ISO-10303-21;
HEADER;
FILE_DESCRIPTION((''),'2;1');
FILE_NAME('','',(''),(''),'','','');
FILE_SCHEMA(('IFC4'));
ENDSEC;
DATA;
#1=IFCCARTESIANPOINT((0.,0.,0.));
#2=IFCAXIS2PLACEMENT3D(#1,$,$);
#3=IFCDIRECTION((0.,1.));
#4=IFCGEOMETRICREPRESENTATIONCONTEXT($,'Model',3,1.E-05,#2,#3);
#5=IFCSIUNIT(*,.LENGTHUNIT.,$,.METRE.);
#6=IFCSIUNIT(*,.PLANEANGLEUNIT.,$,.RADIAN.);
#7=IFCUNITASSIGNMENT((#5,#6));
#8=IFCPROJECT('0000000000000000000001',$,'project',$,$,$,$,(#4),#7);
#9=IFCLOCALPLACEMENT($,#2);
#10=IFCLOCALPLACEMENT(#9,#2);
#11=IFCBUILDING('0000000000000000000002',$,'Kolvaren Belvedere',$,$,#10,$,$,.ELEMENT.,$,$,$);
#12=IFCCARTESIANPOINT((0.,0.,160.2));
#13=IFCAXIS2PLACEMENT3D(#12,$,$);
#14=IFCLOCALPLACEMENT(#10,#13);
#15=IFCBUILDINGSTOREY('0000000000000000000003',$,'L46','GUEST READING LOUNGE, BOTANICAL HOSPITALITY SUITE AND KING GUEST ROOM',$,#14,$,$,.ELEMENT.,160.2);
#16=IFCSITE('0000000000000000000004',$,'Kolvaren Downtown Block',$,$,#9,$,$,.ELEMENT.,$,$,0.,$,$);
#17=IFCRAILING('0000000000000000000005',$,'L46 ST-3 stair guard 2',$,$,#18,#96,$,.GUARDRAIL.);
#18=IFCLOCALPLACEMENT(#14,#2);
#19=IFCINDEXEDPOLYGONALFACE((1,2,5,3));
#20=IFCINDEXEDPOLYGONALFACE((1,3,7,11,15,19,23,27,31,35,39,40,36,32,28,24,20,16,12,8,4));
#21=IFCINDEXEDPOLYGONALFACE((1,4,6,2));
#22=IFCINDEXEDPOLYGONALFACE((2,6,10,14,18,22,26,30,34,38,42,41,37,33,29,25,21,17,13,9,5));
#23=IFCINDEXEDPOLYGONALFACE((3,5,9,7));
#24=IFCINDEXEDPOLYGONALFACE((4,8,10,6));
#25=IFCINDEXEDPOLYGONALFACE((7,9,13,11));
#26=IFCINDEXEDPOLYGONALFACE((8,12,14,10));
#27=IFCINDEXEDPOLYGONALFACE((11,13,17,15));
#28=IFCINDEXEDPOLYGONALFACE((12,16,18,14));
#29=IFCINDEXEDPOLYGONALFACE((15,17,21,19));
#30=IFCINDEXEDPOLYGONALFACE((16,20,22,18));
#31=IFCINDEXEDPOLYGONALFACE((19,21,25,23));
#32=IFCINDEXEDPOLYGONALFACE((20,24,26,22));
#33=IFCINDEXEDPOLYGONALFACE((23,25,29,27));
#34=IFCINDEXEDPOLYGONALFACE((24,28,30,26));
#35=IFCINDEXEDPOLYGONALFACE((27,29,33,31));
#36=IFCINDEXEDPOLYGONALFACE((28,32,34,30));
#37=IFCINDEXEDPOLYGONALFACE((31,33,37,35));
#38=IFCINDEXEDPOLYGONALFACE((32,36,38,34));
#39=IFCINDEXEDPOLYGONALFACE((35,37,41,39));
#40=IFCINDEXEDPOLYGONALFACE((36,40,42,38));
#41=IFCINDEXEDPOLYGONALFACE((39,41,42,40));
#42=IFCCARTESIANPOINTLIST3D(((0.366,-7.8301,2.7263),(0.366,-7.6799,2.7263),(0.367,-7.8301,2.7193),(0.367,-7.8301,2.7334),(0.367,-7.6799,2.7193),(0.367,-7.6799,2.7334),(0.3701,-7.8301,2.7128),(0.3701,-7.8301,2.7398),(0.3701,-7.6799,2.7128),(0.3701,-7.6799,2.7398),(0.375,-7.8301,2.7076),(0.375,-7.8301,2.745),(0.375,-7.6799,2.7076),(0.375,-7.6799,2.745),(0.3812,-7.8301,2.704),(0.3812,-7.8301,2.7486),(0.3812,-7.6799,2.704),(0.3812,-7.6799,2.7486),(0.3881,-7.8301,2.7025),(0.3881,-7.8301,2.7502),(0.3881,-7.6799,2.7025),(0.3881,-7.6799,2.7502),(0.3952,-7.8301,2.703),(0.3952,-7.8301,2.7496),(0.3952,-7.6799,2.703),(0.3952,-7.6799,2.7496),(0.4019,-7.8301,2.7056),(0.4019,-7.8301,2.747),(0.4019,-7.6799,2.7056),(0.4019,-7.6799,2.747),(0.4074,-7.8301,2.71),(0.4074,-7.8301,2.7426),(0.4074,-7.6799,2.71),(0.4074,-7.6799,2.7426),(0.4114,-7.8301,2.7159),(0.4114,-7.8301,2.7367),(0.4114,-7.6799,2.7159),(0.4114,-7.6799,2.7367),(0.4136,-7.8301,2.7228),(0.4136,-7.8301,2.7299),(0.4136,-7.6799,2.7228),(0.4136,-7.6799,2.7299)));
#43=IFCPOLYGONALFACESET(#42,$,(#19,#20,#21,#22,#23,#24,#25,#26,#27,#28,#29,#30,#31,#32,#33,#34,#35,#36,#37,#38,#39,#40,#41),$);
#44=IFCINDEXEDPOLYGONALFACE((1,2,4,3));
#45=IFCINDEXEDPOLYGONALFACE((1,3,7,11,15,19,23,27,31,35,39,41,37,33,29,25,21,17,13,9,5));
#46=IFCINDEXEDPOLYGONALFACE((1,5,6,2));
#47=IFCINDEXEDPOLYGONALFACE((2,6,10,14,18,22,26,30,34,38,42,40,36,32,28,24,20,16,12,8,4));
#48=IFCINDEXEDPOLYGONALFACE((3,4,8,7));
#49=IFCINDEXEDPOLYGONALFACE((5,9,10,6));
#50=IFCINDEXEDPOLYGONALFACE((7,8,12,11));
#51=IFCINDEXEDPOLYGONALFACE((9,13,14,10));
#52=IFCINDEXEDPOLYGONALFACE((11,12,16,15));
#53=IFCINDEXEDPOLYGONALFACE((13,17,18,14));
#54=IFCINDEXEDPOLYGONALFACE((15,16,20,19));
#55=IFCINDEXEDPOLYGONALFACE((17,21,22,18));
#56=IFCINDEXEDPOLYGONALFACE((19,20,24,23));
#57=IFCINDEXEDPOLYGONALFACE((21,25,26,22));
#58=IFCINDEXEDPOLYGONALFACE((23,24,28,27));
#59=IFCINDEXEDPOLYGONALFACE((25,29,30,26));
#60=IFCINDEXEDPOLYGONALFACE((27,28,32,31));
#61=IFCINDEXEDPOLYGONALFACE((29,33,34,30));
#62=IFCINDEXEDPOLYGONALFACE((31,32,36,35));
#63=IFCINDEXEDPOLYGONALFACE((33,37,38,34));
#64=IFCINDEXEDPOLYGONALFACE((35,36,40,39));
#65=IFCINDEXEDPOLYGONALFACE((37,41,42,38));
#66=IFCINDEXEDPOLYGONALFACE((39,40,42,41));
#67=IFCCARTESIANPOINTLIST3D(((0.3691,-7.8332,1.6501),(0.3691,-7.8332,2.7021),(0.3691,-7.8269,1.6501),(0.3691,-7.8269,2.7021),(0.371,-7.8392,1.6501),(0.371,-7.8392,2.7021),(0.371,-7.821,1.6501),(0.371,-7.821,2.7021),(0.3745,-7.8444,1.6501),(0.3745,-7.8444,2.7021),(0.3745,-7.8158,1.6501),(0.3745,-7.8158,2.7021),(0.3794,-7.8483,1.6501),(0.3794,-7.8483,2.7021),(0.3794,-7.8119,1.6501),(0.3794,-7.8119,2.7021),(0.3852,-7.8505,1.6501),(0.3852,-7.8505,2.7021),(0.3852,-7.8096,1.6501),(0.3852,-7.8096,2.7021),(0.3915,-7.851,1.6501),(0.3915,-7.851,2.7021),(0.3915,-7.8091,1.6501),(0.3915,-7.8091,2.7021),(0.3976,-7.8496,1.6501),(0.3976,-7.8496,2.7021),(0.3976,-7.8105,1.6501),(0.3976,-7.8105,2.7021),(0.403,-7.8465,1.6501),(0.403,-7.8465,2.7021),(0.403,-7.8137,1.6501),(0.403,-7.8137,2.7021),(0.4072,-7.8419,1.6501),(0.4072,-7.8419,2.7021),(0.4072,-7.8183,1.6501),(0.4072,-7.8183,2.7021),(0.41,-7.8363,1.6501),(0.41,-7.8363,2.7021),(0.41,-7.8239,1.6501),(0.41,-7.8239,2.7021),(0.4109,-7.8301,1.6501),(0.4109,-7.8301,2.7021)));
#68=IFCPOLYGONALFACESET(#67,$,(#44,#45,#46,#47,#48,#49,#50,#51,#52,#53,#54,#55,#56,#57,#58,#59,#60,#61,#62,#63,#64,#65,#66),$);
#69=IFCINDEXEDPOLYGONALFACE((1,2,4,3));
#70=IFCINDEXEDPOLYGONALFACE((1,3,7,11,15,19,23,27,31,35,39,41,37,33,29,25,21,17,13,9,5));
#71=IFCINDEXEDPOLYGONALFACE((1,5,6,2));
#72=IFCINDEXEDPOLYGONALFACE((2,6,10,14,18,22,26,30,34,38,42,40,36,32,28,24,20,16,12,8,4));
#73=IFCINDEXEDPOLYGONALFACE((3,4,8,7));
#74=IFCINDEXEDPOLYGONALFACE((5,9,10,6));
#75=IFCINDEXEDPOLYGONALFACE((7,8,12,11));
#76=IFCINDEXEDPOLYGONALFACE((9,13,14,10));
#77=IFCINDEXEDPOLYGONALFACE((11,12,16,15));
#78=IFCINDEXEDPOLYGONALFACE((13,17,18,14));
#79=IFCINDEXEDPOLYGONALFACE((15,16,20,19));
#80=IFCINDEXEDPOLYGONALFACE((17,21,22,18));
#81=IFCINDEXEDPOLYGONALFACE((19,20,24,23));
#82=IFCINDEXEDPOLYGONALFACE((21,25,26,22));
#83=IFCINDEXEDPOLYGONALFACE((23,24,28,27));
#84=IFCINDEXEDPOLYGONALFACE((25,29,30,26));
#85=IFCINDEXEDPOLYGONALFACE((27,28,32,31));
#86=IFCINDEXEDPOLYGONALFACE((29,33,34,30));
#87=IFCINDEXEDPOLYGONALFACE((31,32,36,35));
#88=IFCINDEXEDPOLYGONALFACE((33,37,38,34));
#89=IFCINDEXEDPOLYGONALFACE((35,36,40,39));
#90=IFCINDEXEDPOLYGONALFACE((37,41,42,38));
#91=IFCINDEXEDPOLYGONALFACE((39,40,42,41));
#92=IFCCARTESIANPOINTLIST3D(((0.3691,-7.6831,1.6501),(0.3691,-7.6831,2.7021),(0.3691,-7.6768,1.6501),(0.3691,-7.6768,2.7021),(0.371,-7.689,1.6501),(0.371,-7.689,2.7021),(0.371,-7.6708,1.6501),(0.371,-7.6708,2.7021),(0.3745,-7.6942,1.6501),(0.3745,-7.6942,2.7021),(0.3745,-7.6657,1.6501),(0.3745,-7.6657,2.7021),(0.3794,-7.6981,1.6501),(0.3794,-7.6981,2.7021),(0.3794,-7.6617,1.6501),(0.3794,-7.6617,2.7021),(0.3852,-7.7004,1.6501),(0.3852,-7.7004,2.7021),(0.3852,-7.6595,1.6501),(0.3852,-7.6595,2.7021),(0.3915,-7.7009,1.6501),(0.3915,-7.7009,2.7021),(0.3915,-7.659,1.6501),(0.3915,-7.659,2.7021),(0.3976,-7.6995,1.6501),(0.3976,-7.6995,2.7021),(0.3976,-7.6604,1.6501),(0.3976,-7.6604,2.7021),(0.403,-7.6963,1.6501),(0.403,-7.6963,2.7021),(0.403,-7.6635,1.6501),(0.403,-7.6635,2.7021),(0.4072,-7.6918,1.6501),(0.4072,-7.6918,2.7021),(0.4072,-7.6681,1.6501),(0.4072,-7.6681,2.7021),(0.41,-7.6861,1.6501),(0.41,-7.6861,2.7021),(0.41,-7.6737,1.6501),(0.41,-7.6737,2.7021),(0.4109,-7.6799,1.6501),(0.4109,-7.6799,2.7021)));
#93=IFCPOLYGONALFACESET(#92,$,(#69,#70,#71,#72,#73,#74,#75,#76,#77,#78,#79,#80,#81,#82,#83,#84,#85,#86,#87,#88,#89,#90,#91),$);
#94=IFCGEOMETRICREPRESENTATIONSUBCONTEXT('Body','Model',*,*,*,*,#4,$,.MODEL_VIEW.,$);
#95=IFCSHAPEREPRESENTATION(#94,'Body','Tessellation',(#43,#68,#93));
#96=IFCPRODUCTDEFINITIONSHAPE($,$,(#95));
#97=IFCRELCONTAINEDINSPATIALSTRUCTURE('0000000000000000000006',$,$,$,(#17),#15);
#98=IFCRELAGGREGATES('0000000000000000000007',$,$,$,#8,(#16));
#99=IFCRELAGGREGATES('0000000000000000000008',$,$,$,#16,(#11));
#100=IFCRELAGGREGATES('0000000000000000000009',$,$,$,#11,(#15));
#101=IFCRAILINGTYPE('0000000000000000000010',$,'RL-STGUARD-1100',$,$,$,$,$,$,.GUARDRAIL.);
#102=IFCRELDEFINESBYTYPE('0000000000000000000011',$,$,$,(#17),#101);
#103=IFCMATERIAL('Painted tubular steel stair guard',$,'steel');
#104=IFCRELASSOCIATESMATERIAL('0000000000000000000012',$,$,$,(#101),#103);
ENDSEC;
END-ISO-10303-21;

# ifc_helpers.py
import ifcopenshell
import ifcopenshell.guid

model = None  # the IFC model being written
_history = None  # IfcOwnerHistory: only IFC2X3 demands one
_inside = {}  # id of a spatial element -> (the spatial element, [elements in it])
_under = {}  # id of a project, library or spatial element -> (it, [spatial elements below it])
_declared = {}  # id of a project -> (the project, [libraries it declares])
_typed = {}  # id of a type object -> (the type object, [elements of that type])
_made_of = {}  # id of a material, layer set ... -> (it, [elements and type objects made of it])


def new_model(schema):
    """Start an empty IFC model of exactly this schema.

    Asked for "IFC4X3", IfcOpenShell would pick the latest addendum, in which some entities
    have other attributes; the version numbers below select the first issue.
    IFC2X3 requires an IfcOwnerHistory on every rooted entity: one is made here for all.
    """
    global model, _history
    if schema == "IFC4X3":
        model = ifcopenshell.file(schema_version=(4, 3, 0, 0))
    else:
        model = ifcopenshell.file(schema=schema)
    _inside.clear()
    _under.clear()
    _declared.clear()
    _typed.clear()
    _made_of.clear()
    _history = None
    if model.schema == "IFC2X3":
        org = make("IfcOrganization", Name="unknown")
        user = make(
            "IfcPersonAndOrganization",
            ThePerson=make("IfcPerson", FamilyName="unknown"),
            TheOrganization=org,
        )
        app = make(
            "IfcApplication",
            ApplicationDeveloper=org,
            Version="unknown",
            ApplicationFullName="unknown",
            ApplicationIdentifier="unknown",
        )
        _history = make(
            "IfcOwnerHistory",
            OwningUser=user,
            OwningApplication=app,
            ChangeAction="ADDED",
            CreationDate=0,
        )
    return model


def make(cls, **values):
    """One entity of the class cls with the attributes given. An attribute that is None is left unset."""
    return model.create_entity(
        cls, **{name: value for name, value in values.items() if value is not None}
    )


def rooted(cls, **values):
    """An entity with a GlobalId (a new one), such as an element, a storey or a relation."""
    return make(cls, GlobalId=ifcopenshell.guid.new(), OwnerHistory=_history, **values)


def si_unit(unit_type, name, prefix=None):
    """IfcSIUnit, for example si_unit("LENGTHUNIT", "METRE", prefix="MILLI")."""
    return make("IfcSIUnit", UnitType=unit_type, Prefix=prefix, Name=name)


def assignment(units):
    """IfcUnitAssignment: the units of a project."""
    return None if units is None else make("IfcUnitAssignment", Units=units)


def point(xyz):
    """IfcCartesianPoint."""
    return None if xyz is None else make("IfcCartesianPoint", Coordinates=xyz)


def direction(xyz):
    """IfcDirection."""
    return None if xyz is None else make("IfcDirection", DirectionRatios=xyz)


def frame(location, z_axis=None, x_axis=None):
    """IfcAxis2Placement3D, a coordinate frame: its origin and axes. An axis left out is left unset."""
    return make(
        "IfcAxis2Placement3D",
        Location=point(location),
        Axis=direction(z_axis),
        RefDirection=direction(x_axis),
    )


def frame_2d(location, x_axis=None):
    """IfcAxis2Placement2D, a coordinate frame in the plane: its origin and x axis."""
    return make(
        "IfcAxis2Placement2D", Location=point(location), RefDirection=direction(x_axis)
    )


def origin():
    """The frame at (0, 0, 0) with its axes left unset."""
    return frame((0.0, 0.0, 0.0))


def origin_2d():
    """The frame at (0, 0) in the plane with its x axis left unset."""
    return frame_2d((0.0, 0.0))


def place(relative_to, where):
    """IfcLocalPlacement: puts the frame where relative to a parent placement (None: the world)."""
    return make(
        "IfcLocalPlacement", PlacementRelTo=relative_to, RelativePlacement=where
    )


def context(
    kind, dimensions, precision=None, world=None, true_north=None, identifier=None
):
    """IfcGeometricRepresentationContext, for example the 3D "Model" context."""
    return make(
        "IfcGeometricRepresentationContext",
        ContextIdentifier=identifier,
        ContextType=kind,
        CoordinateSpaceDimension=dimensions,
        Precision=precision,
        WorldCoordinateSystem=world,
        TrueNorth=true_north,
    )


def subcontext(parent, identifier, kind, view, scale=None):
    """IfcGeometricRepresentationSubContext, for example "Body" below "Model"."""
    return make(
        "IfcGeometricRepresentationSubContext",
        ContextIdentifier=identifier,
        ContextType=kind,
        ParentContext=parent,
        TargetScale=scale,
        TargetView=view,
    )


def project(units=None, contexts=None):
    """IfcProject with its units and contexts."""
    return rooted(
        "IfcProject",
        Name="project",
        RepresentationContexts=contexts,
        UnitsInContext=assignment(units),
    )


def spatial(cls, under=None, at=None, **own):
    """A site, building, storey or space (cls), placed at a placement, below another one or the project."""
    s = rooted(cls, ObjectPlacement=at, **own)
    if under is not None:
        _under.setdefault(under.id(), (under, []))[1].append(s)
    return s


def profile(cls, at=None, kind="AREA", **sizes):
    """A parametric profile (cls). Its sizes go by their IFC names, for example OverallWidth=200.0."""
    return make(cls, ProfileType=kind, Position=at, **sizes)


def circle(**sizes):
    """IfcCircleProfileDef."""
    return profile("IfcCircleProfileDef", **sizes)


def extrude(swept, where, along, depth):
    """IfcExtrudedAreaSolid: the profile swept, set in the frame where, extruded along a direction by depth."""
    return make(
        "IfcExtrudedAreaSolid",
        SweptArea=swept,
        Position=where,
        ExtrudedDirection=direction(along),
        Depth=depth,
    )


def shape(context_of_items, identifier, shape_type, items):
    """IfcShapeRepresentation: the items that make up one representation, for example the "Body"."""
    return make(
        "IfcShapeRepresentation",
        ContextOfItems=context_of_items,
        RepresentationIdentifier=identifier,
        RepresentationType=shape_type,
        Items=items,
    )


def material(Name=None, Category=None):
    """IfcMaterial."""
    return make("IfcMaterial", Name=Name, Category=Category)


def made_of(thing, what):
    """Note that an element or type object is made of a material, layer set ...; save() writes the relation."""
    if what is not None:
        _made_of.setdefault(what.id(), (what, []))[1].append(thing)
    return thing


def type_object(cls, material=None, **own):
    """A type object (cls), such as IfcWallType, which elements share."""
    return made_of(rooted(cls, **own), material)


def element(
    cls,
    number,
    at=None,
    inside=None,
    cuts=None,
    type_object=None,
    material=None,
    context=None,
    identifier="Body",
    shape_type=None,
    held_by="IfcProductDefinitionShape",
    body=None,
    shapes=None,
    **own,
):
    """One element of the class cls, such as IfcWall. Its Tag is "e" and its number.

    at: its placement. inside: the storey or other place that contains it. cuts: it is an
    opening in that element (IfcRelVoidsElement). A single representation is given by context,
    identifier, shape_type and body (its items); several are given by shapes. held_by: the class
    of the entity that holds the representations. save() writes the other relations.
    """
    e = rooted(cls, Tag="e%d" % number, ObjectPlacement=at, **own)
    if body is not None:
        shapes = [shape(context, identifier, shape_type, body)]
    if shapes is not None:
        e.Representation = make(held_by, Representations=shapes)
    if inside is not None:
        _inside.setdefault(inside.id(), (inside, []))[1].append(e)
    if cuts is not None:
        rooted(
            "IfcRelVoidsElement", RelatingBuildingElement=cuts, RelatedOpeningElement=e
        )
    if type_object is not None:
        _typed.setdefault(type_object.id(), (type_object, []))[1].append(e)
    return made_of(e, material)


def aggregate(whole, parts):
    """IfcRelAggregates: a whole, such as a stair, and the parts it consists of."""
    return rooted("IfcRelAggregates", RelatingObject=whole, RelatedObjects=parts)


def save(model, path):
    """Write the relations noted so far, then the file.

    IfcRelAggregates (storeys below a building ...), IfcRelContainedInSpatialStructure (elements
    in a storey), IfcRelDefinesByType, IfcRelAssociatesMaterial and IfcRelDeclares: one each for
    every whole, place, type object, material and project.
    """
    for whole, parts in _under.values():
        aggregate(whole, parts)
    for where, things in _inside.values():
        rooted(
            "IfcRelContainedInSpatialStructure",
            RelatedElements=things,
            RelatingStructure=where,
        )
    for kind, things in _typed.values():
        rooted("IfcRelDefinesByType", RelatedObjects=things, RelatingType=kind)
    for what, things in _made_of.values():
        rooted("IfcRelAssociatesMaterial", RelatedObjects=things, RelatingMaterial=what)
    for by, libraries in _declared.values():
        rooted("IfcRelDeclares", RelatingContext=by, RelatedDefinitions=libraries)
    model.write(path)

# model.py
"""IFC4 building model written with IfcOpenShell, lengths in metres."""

from ifc_helpers import new_model, si_unit, direction, frame, origin, origin_2d, place, context, subcontext, project, spatial, circle, extrude, material, type_object, element, save


model = new_model("IFC4")

# Units and contexts
model_context = context("Model", 3, precision=1e-05, world=origin(), true_north=direction((0.0, 1.0)))
body_context = subcontext(model_context, "Body", "Model", "MODEL_VIEW")
ifc_project = project(units=[si_unit("LENGTHUNIT", "METRE"), si_unit("PLANEANGLEUNIT", "RADIAN")], contexts=[model_context])

# Site, building, storey
site_placement = place(None, origin())
site = spatial("IfcSite", under=ifc_project, at=site_placement, Name="Kolvaren Downtown Block", CompositionType="ELEMENT", RefElevation=0.0)
building_placement = place(site_placement, origin())
building = spatial("IfcBuilding", under=site, at=building_placement, Name="Kolvaren Belvedere", CompositionType="ELEMENT")
storey_placement = place(building_placement, frame((0.0, 0.0, 160.2)))
storey = spatial("IfcBuildingStorey", under=building, at=storey_placement, Name="L46", Description="GUEST READING LOUNGE, BOTANICAL HOSPITALITY SUITE AND KING GUEST ROOM", CompositionType="ELEMENT", Elevation=160.2)

# Railing
ifc_material_1 = material(Name="Painted tubular steel stair guard", Category="steel")
railing_type_1 = type_object("IfcRailingType", Name="RL-STGUARD-1100", PredefinedType="GUARDRAIL", material=ifc_material_1)
railing_1_placement = place(storey_placement, frame((0.3899, -7.8301, 1.6501)))
element("IfcRailing", 1, at=railing_1_placement, inside=storey, type_object=railing_type_1, Name="L46 ST-3 stair guard 2", PredefinedType="GUARDRAIL", context=body_context, shape_type="SweptSolid", body=[
    extrude(circle(Radius=0.0239, at=origin_2d()), frame((0.0, 0.0, 1.0762), z_axis=(0.0, 1.0, 0.0), x_axis=(-1.0, 0.0, 0.0)), (0.0, 0.0, 1.0), 0.1501),
    extrude(circle(Radius=0.021, at=origin_2d()), origin(), (0.0, 0.0, 1.0), 1.052),
    extrude(circle(Radius=0.021, at=origin_2d()), frame((0.0, 0.1501, 0.0)), (0.0, 0.0, 1.0), 1.052),
])

save(model, "model.ifc")
